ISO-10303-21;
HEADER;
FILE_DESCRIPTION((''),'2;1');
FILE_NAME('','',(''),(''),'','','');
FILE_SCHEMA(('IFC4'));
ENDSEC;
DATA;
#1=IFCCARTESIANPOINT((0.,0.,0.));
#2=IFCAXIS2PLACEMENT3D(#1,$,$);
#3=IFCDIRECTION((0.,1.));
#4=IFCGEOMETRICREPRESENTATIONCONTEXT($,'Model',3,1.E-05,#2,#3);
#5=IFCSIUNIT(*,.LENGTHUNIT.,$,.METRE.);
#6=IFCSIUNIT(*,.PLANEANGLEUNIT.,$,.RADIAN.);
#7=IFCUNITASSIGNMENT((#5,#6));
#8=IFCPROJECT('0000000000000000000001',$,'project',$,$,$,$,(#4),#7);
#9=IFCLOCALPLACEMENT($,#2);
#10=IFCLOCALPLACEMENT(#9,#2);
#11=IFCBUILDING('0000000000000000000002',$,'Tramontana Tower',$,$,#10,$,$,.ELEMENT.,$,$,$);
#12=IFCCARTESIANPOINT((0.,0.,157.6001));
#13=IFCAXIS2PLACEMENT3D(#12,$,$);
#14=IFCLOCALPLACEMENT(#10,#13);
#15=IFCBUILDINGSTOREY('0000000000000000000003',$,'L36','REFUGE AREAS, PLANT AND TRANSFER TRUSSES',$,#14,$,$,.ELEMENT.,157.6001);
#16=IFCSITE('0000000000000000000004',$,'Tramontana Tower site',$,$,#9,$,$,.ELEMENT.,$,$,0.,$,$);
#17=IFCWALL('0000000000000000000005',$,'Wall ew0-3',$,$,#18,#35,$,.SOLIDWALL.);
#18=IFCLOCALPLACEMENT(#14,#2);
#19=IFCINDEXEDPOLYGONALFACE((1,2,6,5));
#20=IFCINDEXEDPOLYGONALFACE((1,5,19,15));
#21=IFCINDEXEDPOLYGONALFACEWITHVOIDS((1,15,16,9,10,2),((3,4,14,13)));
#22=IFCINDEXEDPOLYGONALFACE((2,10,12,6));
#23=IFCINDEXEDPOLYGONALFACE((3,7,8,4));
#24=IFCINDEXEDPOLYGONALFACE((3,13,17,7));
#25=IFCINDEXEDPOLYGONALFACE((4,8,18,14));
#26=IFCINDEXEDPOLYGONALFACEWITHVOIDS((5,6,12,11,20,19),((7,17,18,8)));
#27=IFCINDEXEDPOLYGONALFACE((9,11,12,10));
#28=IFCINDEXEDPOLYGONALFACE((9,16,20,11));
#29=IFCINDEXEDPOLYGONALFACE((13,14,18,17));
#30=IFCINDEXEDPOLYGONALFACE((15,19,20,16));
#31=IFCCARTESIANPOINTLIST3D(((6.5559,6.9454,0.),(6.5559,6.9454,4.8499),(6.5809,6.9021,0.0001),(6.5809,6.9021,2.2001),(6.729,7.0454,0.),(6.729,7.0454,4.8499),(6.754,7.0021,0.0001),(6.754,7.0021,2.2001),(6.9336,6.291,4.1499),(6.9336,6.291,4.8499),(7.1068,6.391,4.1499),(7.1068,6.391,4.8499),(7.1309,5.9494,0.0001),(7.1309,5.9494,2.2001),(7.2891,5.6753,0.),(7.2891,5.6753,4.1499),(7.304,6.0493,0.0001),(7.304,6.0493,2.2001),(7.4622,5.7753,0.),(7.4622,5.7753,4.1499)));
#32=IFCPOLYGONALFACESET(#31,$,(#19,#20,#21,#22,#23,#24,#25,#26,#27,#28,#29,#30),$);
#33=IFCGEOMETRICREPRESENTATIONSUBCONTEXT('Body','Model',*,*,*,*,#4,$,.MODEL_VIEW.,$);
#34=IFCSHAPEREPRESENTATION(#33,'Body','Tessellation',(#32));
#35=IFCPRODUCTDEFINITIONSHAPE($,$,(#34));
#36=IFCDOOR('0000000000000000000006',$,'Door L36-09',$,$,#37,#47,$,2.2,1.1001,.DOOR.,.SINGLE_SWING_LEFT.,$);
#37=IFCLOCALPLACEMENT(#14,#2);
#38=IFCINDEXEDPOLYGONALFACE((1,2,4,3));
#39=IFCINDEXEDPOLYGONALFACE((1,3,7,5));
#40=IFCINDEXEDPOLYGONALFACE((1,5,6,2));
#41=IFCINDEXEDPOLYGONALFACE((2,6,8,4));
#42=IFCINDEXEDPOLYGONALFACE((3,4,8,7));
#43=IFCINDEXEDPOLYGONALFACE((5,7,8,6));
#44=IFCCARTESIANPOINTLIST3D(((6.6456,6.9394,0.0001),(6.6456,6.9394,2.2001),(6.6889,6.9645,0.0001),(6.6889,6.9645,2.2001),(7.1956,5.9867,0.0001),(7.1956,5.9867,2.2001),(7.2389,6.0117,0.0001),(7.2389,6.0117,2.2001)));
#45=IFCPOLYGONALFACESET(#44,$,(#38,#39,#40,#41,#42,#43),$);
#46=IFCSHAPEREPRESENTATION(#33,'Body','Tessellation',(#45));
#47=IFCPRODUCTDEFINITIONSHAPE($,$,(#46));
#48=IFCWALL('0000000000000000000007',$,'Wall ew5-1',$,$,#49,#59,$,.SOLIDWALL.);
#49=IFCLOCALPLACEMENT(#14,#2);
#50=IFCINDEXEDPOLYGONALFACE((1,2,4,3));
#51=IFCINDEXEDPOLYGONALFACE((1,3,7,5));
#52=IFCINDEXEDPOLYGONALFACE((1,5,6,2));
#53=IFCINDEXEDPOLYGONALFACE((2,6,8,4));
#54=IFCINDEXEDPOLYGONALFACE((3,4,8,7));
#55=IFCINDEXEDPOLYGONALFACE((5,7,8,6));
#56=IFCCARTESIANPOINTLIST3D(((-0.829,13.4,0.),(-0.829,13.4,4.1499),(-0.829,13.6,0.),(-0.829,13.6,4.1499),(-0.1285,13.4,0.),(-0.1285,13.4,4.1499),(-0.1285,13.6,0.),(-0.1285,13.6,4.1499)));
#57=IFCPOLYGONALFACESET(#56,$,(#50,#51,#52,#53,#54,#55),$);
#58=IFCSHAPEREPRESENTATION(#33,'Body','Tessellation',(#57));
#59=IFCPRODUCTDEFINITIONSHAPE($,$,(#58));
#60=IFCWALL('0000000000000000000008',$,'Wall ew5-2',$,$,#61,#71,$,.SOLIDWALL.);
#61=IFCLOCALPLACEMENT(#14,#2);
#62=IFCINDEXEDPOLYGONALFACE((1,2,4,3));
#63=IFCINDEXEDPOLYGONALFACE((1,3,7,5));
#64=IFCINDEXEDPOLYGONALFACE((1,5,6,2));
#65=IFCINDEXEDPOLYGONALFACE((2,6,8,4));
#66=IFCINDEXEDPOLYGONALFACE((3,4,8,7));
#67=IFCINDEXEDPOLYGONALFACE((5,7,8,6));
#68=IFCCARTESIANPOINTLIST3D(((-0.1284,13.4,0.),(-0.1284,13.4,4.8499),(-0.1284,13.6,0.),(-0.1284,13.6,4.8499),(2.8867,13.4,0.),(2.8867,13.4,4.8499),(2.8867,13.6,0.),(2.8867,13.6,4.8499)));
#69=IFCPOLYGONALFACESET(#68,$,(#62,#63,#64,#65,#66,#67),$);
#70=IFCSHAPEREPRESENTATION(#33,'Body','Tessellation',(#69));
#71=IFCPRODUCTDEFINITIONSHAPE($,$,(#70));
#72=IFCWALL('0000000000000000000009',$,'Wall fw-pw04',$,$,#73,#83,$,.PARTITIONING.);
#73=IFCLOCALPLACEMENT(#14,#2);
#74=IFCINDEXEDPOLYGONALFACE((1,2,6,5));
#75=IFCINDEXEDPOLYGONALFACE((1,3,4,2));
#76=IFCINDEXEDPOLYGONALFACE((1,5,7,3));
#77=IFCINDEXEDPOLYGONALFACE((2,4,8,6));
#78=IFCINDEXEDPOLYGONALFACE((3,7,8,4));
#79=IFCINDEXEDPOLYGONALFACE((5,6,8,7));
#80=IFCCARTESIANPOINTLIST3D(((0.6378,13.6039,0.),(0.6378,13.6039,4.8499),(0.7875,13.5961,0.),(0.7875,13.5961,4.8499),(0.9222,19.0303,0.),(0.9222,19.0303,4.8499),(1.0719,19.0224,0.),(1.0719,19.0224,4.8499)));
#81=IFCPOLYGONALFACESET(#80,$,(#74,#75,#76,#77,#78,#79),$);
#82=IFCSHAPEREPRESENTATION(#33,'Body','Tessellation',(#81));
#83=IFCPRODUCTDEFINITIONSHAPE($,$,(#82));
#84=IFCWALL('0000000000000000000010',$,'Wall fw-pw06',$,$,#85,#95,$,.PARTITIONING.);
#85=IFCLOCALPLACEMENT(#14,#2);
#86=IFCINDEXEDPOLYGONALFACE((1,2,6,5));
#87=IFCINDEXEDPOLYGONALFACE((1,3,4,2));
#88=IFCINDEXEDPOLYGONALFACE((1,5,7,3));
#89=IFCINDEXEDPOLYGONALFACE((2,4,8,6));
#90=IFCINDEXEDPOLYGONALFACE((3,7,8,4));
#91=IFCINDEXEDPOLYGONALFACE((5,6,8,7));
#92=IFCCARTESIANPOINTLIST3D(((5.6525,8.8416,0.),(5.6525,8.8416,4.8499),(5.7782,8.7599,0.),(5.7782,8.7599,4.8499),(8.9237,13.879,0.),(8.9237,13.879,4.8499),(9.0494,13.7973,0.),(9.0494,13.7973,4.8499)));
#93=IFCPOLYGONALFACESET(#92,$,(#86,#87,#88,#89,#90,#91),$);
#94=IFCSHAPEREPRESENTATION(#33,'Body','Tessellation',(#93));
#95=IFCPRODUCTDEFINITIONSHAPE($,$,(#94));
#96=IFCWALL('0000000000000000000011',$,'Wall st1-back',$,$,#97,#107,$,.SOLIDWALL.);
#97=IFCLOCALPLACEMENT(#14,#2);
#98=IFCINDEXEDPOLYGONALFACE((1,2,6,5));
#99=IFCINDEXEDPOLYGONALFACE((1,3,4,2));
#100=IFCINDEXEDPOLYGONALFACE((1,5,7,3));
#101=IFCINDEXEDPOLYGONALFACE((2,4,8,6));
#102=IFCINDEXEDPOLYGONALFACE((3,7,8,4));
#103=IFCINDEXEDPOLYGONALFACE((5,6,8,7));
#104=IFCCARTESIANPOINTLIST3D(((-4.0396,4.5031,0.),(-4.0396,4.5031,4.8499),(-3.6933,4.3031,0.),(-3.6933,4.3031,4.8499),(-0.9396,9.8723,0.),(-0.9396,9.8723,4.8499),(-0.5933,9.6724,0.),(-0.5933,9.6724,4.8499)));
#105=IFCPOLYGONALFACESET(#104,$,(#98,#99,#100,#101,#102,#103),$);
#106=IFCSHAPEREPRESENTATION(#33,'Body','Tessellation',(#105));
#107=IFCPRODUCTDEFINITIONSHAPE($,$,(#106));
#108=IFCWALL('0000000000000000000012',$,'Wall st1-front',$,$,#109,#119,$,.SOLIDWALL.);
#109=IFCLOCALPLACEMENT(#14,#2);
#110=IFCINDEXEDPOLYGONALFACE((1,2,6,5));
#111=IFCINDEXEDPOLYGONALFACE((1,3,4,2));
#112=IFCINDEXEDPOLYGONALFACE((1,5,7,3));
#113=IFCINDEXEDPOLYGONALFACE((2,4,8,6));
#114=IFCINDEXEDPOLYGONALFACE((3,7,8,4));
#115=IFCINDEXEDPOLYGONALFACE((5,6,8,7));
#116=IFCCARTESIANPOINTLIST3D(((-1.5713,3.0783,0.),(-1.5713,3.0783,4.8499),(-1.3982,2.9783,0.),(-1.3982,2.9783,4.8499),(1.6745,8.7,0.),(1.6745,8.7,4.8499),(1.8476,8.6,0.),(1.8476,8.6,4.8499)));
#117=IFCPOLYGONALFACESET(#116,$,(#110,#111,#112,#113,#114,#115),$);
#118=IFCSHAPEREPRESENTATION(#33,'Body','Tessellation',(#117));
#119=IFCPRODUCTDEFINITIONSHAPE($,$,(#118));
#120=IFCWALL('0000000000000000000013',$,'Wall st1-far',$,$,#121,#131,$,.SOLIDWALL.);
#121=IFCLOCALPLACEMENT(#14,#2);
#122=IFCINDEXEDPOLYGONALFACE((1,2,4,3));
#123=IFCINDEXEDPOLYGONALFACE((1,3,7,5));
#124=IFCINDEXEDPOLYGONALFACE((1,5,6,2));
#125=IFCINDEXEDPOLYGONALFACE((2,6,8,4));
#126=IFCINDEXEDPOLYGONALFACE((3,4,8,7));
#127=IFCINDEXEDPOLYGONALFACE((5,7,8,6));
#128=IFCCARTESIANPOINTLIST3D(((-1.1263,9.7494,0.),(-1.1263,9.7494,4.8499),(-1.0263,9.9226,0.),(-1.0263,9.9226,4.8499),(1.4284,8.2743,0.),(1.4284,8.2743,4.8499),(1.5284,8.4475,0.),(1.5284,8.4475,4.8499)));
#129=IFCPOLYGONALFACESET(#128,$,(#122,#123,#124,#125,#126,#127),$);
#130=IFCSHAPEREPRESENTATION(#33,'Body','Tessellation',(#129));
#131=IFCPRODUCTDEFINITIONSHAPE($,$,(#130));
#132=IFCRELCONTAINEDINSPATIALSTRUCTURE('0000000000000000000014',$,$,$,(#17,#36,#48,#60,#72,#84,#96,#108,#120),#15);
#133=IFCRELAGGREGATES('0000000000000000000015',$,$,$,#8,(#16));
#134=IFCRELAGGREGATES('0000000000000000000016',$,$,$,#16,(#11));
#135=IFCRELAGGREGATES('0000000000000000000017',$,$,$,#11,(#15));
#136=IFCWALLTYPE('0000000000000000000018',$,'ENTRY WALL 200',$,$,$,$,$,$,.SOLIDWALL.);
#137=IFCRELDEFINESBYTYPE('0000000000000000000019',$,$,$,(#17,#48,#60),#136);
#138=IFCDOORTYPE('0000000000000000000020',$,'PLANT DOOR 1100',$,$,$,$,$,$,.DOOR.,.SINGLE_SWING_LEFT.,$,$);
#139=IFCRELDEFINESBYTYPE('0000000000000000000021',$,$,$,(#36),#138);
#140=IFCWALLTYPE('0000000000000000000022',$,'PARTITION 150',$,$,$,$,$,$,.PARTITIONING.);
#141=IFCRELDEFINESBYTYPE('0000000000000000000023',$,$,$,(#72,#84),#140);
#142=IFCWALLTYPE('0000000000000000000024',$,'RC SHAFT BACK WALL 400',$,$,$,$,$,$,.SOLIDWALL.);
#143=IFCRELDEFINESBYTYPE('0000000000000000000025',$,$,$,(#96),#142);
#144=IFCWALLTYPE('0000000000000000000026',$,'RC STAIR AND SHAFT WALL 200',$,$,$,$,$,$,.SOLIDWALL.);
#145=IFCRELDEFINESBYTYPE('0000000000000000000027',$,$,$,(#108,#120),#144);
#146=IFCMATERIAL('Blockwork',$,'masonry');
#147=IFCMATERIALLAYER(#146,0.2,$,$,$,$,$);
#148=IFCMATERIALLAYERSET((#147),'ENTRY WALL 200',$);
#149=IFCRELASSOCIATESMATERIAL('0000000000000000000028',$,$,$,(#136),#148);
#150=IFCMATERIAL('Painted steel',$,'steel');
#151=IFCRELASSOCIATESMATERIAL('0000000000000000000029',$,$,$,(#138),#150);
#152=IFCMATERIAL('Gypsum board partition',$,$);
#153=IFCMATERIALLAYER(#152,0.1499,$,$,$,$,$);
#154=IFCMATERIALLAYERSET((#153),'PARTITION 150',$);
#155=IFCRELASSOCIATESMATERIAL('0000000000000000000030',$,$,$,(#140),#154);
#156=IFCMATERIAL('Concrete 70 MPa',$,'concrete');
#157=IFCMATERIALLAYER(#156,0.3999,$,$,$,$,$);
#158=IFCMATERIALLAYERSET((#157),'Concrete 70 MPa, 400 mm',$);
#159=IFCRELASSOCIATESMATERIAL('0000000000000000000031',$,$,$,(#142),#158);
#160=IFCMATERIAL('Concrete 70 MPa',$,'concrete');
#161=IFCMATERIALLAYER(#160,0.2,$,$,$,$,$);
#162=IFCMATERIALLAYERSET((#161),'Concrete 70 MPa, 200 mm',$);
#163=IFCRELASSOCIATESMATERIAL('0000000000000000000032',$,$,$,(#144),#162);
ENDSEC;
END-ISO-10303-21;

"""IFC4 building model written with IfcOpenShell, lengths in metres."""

from ifc_helpers import new_model, si_unit, direction, frame, frame_2d, origin, place, context, subcontext, project, spatial, polyline, rectangle, outline, extrude, material, layer, layer_set, type_object, element, fill, save


model = new_model("IFC4")

# Units and contexts
model_context = context("Model", 3, precision=1e-05, world=origin(), true_north=direction((0.0, 1.0)))
body_context = subcontext(model_context, "Body", "Model", "MODEL_VIEW")
ifc_project = project(units=[si_unit("LENGTHUNIT", "METRE"), si_unit("PLANEANGLEUNIT", "RADIAN")], contexts=[model_context])

# Site, building, storey
site_placement = place(None, origin())
site = spatial("IfcSite", under=ifc_project, at=site_placement, Name="Tramontana Tower site", CompositionType="ELEMENT", RefElevation=0.0)
building_placement = place(site_placement, origin())
building = spatial("IfcBuilding", under=site, at=building_placement, Name="Tramontana Tower", CompositionType="ELEMENT")
storey_placement = place(building_placement, frame((0.0, 0.0, 157.6001)))
storey = spatial("IfcBuildingStorey", under=building, at=storey_placement, Name="L36", Description="REFUGE AREAS, PLANT AND TRANSFER TRUSSES", CompositionType="ELEMENT", Elevation=157.6001)

# Shared definitions
ifc_material_1 = material(Name="Blockwork", Category="masonry")
ifc_layer_1 = layer(ifc_material_1, 0.2)
ifc_layer_set_1 = layer_set([ifc_layer_1], Name="ENTRY WALL 200")
wall_type_1 = type_object("IfcWallType", Name="ENTRY WALL 200", PredefinedType="SOLIDWALL", material=ifc_layer_set_1)

# Shared definitions
ifc_material_2 = material(Name="Painted steel", Category="steel")
door_type_1 = type_object("IfcDoorType", Name="PLANT DOOR 1100", OperationType="SINGLE_SWING_LEFT", PredefinedType="DOOR", material=ifc_material_2)

# Wall, opening, door
wall_1_placement = place(storey_placement, frame((6.6423, 6.9954, 0.0), z_axis=(0.0, 0.0, 1.0), x_axis=(0.499953, -0.866053, 0.0)))
wall_1 = element("IfcWall", 1, at=wall_1_placement, inside=storey, type_object=wall_type_1, Name="Wall ew0-3", PredefinedType="SOLIDWALL", context=body_context, shape_type="SweptSolid", body=[
    extrude(outline(polyline([(0.0, 0.0), (1.4666, 0.0), (1.4666, 4.1499), (0.7556, 4.1499), (0.7556, 4.8499), (0.0, 4.8499), (0.0, 0.0)])), frame((0.0, 0.1001, 0.0), z_axis=(0.0, -1.0, 0.0), x_axis=(1.0, 0.0, 0.0)), (0.0, 0.0, 1.0), 0.2),
])
opening_1_placement = place(wall_1_placement, frame((0.05, 0.0, 0.0)))
opening_1 = element("IfcOpeningElement", 2, at=opening_1_placement, cuts=wall_1, PredefinedType="OPENING", context=body_context, shape_type="SweptSolid", body=[
    extrude(rectangle(XDim=1.1001, YDim=2.2, at=frame_2d((0.55, 1.1001))), frame((0.0, 0.1099, 0.0), z_axis=(0.0, -1.0, 0.0), x_axis=(1.0, 0.0, 0.0)), (0.0, 0.0, 1.0), 0.22),
])
door_1_placement = place(opening_1_placement, origin())
door_1 = element("IfcDoor", 3, at=door_1_placement, inside=storey, type_object=door_type_1, Name="Door L36-09", OperationType="SINGLE_SWING_LEFT", OverallHeight=2.2, OverallWidth=1.1001, PredefinedType="DOOR", context=body_context, shape_type="SweptSolid", body=[
    extrude(rectangle(XDim=1.1001, YDim=2.2, at=frame_2d((0.55, 1.1001))), frame((0.0, 0.0249, 0.0), z_axis=(0.0, -1.0, 0.0), x_axis=(1.0, 0.0, 0.0)), (0.0, 0.0, 1.0), 0.05),
])
fill(opening_1, door_1)

# Walls
wall_2_placement = place(storey_placement, frame((-0.8289, 13.5, 0.0), z_axis=(0.0, 0.0, 1.0), x_axis=(1.0, 0.0, 0.0)))
element("IfcWall", 4, at=wall_2_placement, inside=storey, type_object=wall_type_1, Name="Wall ew5-1", PredefinedType="SOLIDWALL", context=body_context, shape_type="SweptSolid", body=[
    extrude(rectangle(XDim=0.7004, YDim=0.2, at=frame_2d((0.3501, 0.0))), origin(), (0.0, 0.0, 1.0), 4.1499),
])
wall_3_placement = place(storey_placement, frame((-0.1284, 13.5, 0.0), z_axis=(0.0, 0.0, 1.0), x_axis=(1.0, 0.0, 0.0)))
element("IfcWall", 5, at=wall_3_placement, inside=storey, type_object=wall_type_1, Name="Wall ew5-2", PredefinedType="SOLIDWALL", context=body_context, shape_type="SweptSolid", body=[
    extrude(rectangle(XDim=3.0151, YDim=0.2, at=frame_2d((1.5076, 0.0))), origin(), (0.0, 0.0, 1.0), 4.8499),
])
ifc_material_3 = material(Name="Gypsum board partition")
ifc_layer_2 = layer(ifc_material_3, 0.1499)
ifc_layer_set_2 = layer_set([ifc_layer_2], Name="PARTITION 150")
wall_type_2 = type_object("IfcWallType", Name="PARTITION 150", PredefinedType="PARTITIONING", material=ifc_layer_set_2)
wall_4_placement = place(storey_placement, frame((0.7126, 13.6001, 0.0), z_axis=(0.0, 0.0, 1.0), x_axis=(0.052344, 0.998629, 0.0)))
element("IfcWall", 6, at=wall_4_placement, inside=storey, type_object=wall_type_2, Name="Wall fw-pw04", PredefinedType="PARTITIONING", context=body_context, shape_type="SweptSolid", body=[
    extrude(rectangle(XDim=5.4338, YDim=0.1499, at=frame_2d((2.7168, 0.0))), origin(), (0.0, 0.0, 1.0), 4.8499),
])
wall_5_placement = place(storey_placement, frame((8.9866, 13.8381, 0.0), z_axis=(0.0, 0.0, 1.0), x_axis=(-0.544633, -0.838675, 0.0)))
element("IfcWall", 7, at=wall_5_placement, inside=storey, type_object=wall_type_2, Name="Wall fw-pw06", PredefinedType="PARTITIONING", context=body_context, shape_type="SweptSolid", body=[
    extrude(rectangle(XDim=6.0063, YDim=0.1499, at=frame_2d((3.0032, 0.0))), origin(), (0.0, 0.0, 1.0), 4.8499),
])
ifc_material_4 = material(Name="Concrete 70 MPa", Category="concrete")
ifc_layer_3 = layer(ifc_material_4, 0.3999)
ifc_layer_set_3 = layer_set([ifc_layer_3], Name="Concrete 70 MPa, 400 mm")
wall_type_3 = type_object("IfcWallType", Name="RC SHAFT BACK WALL 400", PredefinedType="SOLIDWALL", material=ifc_layer_set_3)
wall_6_placement = place(storey_placement, frame((-0.7664, 9.7725, 0.0), z_axis=(0.0, 0.0, 1.0), x_axis=(-0.50001, -0.86602, 0.0)))
element("IfcWall", 8, at=wall_6_placement, inside=storey, type_object=wall_type_3, Name="Wall st1-back", PredefinedType="SOLIDWALL", context=body_context, shape_type="SweptSolid", body=[
    extrude(rectangle(XDim=6.2, YDim=0.3999, at=frame_2d((3.1001, 0.0))), origin(), (0.0, 0.0, 1.0), 4.8499),
])
ifc_material_5 = material(Name="Concrete 70 MPa", Category="concrete")
ifc_layer_4 = layer(ifc_material_5, 0.2)
ifc_layer_set_4 = layer_set([ifc_layer_4], Name="Concrete 70 MPa, 200 mm")
wall_type_4 = type_object("IfcWallType", Name="RC STAIR AND SHAFT WALL 200", PredefinedType="SOLIDWALL", material=ifc_layer_set_4)
wall_7_placement = place(storey_placement, frame((1.761, 8.6499, 0.0), z_axis=(0.0, 0.0, 1.0), x_axis=(-0.50001, -0.86602, 0.0)))
element("IfcWall", 9, at=wall_7_placement, inside=storey, type_object=wall_type_4, Name="Wall st1-front", PredefinedType="SOLIDWALL", context=body_context, shape_type="SweptSolid", body=[
    extrude(rectangle(XDim=6.4915, YDim=0.2, at=frame_2d((3.2456, 0.0))), origin(), (0.0, 0.0, 1.0), 4.8499),
])
wall_8_placement = place(storey_placement, frame((1.4785, 8.3608, 0.0), z_axis=(0.0, 0.0, 1.0), x_axis=(-0.866004, 0.500038, 0.0)))
element("IfcWall", 10, at=wall_8_placement, inside=storey, type_object=wall_type_4, Name="Wall st1-far", PredefinedType="SOLIDWALL", context=body_context, shape_type="SweptSolid", body=[
    extrude(rectangle(XDim=2.95, YDim=0.2, at=frame_2d((1.4751, 0.0))), origin(), (0.0, 0.0, 1.0), 4.8499),
])

save(model, "model.ifc")
